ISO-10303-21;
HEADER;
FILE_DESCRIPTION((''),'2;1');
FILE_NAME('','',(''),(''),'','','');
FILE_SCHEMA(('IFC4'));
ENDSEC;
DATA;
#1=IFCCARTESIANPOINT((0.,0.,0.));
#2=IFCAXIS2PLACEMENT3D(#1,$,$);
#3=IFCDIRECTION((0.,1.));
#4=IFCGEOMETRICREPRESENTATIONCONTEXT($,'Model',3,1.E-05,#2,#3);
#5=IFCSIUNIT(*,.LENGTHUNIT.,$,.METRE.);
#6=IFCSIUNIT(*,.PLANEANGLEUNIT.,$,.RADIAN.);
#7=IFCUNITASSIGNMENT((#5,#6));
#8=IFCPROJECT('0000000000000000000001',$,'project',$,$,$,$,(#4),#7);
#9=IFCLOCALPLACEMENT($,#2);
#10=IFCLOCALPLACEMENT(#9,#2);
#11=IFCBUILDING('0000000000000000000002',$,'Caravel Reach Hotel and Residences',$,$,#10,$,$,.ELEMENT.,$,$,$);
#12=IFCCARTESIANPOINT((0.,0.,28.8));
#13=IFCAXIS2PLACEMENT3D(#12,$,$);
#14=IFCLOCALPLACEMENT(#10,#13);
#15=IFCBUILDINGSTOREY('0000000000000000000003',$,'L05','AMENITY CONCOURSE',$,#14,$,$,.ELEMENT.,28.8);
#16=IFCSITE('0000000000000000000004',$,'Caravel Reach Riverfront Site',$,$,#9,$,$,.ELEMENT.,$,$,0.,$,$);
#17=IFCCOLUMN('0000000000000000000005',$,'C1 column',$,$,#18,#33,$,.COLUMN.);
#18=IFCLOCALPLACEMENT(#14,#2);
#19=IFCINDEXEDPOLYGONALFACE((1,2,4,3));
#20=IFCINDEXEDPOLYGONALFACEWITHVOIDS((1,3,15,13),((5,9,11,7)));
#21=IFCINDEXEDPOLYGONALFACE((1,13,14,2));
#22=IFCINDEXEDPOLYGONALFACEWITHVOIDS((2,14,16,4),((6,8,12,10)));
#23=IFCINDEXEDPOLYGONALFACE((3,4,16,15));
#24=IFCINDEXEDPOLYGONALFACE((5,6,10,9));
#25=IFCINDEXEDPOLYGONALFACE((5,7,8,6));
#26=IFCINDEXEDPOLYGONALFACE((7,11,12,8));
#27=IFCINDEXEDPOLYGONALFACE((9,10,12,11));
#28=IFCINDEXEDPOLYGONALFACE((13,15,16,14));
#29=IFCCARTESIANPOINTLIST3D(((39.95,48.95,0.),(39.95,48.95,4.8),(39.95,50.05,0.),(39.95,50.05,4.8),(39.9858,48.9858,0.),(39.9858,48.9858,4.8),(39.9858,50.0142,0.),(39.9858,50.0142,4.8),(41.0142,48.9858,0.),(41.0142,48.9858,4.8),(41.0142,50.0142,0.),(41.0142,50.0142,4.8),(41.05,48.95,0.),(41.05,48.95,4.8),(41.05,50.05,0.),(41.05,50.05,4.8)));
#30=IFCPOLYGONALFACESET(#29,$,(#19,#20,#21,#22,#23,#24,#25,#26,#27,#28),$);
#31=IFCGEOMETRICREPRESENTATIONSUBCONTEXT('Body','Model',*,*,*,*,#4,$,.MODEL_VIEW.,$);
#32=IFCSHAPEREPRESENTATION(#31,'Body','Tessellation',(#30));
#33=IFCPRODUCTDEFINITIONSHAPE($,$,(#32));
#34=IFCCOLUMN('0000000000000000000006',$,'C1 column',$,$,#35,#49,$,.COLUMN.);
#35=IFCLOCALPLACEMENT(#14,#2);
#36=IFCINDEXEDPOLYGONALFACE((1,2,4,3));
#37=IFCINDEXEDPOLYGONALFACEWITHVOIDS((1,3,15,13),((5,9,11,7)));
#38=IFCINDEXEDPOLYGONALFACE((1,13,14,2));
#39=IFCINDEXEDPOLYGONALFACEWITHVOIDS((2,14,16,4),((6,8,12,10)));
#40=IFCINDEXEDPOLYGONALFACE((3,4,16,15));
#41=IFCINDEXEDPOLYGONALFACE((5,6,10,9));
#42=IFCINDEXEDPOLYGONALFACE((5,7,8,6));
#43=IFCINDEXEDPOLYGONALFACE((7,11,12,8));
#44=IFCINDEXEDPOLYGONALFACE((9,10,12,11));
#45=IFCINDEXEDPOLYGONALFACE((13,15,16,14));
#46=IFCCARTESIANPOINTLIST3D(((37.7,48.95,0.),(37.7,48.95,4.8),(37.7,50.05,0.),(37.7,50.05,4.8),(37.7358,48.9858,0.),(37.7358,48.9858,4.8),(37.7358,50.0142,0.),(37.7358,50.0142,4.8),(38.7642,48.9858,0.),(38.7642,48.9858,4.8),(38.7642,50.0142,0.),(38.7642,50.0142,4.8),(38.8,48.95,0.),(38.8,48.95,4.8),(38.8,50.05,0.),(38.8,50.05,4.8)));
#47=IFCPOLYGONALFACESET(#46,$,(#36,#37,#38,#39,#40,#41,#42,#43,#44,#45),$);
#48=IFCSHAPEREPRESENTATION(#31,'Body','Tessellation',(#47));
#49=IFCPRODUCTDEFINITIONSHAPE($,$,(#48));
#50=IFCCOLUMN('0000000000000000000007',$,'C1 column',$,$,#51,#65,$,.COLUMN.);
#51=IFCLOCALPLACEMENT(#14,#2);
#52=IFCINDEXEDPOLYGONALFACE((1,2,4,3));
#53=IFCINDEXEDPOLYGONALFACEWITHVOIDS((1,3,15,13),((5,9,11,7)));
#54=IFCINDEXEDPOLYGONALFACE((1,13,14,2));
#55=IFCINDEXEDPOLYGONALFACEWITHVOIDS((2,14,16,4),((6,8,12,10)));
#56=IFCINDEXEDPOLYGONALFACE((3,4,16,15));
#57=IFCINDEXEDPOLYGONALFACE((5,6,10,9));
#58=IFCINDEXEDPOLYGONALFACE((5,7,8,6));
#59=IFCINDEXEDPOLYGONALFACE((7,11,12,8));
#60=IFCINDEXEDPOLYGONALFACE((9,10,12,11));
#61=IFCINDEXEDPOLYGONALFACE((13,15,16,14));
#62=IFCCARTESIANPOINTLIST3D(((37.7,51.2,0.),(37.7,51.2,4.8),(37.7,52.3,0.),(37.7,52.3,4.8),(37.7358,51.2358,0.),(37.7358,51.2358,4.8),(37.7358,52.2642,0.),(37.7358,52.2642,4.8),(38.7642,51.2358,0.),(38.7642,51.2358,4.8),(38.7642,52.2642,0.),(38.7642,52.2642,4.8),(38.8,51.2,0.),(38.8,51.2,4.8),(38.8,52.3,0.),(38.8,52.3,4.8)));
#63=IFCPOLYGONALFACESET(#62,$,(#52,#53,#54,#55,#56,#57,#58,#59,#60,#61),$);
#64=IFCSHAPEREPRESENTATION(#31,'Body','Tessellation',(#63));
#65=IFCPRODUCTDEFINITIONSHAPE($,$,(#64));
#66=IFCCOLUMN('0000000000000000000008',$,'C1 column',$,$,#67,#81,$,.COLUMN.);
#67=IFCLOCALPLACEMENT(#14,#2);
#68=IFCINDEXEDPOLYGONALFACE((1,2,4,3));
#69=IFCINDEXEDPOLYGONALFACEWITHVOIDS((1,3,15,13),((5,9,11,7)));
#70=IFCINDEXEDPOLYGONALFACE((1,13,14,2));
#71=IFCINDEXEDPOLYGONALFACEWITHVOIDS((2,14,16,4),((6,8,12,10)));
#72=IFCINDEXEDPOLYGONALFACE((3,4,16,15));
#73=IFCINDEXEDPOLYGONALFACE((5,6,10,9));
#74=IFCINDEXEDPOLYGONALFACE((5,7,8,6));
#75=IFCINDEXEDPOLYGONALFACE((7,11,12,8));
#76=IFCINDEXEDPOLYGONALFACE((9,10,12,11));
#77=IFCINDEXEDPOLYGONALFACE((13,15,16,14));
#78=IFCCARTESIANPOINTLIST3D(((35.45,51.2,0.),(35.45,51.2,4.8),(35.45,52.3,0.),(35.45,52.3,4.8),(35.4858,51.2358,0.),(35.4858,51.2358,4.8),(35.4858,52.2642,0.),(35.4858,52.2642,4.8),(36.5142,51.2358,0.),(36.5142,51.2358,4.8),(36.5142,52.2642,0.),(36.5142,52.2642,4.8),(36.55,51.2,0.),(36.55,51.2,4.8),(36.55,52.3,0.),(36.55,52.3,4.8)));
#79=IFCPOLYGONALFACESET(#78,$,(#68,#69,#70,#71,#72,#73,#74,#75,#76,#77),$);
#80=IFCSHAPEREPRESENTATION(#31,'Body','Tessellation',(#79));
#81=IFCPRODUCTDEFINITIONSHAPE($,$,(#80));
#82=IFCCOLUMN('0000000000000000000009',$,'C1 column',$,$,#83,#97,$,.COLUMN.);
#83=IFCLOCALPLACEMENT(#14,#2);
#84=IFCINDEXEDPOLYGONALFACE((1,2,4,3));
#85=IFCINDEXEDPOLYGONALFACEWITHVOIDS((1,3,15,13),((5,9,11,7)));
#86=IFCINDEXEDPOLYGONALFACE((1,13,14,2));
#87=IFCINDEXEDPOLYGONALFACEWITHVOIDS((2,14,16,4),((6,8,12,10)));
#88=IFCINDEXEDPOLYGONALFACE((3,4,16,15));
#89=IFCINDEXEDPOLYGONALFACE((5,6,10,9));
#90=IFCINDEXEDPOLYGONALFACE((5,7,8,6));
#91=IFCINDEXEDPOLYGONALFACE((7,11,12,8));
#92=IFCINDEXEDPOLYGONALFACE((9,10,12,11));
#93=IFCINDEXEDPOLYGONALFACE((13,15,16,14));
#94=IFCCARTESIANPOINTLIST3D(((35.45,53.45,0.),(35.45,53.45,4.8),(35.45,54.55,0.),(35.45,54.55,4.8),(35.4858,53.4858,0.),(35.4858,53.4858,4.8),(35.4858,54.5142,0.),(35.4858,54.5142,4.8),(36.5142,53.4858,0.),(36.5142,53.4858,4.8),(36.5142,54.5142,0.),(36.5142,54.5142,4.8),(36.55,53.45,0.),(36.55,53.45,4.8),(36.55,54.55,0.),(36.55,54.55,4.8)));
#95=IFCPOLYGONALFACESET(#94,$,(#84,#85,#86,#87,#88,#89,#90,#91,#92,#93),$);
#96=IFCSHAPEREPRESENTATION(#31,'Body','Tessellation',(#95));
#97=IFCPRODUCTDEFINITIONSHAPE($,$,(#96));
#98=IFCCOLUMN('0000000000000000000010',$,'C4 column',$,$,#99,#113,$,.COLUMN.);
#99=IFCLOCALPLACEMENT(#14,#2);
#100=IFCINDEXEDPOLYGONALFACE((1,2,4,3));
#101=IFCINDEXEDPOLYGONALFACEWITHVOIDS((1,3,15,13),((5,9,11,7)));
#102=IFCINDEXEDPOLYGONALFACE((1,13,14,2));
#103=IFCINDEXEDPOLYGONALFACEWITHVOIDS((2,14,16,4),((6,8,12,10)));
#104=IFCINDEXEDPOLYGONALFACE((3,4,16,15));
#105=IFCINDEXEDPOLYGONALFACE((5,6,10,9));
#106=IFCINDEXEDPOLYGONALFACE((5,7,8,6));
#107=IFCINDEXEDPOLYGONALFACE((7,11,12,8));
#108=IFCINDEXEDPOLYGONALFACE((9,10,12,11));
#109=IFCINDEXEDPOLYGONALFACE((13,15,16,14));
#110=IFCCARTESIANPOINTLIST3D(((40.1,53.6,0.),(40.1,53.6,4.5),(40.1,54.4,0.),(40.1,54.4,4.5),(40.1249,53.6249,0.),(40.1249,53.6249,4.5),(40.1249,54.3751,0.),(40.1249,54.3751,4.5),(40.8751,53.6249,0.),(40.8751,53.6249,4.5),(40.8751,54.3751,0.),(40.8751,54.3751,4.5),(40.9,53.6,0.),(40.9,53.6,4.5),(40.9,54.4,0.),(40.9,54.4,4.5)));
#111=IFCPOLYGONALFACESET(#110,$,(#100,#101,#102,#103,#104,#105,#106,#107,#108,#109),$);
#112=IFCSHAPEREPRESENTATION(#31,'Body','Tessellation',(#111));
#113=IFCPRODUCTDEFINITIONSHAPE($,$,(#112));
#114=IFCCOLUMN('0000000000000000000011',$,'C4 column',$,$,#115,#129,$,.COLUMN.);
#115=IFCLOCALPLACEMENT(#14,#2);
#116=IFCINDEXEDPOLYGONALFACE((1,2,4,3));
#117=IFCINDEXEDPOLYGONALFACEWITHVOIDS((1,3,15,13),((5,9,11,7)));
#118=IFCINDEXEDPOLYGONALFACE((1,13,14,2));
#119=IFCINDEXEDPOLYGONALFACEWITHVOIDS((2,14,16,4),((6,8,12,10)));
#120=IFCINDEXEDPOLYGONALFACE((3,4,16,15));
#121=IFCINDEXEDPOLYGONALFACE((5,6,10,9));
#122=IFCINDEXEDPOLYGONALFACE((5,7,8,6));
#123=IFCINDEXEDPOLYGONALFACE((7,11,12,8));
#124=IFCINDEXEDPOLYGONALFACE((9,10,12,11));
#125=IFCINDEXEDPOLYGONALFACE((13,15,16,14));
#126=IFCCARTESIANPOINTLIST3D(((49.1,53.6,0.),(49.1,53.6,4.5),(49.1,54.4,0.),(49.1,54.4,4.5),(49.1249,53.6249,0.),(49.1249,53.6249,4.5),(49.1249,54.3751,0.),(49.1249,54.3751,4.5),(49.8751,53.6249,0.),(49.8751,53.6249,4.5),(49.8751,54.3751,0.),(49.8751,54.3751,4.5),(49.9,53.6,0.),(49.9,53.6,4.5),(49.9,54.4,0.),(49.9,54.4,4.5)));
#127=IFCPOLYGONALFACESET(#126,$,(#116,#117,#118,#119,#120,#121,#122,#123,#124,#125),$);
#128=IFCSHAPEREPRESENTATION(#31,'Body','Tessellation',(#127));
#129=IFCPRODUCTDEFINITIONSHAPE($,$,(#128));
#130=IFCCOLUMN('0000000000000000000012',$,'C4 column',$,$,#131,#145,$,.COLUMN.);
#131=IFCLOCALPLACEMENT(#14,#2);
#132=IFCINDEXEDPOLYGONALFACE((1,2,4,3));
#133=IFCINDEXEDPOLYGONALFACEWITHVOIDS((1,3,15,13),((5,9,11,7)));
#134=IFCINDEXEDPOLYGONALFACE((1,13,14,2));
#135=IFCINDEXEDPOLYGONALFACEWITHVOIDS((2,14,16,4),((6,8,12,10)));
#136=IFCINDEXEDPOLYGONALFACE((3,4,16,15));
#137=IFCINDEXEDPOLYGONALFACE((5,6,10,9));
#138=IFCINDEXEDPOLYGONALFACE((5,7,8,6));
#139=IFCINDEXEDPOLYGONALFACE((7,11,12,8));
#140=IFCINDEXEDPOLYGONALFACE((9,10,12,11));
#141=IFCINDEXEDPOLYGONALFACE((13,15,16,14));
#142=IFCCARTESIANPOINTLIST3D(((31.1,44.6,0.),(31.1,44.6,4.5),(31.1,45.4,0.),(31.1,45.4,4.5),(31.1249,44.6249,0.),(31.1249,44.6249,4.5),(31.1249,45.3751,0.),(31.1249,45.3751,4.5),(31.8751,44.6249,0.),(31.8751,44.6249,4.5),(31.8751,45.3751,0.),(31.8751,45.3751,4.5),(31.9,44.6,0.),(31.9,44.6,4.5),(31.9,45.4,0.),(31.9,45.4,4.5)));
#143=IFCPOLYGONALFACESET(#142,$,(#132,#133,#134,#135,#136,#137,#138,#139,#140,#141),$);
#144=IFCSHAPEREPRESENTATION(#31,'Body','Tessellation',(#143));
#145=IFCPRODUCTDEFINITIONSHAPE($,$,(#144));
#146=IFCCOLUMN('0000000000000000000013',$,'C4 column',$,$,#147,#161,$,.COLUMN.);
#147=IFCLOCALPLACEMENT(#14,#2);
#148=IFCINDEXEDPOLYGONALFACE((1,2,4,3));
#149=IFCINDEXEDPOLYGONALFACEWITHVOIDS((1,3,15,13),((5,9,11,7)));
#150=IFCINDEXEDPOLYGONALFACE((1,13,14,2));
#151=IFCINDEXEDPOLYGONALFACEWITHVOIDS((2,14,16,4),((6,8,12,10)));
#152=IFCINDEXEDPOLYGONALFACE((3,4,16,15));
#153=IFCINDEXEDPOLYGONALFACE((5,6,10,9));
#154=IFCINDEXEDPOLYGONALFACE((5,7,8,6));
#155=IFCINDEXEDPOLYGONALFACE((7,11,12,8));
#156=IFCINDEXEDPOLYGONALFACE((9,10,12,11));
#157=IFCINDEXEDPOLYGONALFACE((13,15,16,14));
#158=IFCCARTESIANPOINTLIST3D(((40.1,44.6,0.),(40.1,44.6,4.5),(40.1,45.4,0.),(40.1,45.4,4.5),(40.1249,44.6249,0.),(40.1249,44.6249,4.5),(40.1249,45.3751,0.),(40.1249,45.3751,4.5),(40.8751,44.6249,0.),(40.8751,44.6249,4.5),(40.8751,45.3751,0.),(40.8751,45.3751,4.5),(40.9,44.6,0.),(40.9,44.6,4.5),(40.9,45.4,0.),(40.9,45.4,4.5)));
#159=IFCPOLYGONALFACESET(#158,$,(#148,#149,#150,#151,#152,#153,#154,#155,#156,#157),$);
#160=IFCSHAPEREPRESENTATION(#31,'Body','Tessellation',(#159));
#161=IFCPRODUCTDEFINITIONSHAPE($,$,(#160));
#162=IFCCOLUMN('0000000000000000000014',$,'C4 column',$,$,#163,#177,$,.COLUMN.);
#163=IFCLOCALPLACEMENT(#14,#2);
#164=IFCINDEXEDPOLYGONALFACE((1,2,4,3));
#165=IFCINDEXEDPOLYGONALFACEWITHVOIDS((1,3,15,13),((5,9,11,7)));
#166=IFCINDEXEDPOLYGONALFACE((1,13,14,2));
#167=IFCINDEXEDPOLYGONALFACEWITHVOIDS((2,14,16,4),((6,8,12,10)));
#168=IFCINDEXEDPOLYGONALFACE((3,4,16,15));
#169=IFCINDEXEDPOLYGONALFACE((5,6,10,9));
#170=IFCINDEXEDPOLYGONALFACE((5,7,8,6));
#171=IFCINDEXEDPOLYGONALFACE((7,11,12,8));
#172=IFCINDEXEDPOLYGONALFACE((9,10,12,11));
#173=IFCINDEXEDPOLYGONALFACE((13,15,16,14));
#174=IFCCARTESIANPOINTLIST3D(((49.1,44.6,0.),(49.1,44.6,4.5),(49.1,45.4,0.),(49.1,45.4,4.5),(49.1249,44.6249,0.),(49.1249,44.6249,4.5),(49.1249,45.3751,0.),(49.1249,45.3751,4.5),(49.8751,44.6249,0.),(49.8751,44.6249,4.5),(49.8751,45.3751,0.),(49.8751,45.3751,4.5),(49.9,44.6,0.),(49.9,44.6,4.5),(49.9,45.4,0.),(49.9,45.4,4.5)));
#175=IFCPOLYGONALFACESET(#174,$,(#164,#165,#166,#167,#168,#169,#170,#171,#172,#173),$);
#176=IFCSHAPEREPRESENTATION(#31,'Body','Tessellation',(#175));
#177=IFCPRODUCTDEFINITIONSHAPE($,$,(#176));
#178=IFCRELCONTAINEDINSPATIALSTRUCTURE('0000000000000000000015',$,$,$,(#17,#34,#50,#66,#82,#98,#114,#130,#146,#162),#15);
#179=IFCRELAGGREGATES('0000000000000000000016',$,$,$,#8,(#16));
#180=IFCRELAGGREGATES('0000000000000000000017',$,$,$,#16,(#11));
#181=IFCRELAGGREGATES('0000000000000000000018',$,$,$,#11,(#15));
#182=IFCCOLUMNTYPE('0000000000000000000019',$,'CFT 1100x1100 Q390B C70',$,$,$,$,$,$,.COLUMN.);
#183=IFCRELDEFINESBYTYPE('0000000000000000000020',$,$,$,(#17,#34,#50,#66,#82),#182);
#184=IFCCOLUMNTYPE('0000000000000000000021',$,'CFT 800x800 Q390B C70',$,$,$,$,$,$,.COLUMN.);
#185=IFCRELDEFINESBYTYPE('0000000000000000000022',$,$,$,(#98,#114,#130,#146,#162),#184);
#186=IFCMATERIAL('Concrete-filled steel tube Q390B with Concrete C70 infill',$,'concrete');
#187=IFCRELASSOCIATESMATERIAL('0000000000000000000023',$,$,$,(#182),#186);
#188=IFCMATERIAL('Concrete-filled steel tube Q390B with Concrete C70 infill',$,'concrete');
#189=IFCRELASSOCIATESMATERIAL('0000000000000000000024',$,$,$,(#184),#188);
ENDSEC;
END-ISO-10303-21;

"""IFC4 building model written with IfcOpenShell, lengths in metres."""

from ifc_helpers import new_model, si_unit, direction, frame, origin, origin_2d, place, context, subcontext, project, spatial, hollow_rectangle, extrude, material, material_profile, profile_set, type_object, element, save


model = new_model("IFC4")

# Units and contexts
model_context = context("Model", 3, precision=1e-05, world=origin(), true_north=direction((0.0, 1.0)))
body_context = subcontext(model_context, "Body", "Model", "MODEL_VIEW")
ifc_project = project(units=[si_unit("LENGTHUNIT", "METRE"), si_unit("PLANEANGLEUNIT", "RADIAN")], contexts=[model_context])

# Site, building, storey
site_placement = place(None, origin())
site = spatial("IfcSite", under=ifc_project, at=site_placement, Name="Caravel Reach Riverfront Site", CompositionType="ELEMENT", RefElevation=0.0)
building_placement = place(site_placement, origin())
building = spatial("IfcBuilding", under=site, at=building_placement, Name="Caravel Reach Hotel and Residences", CompositionType="ELEMENT")
storey_placement = place(building_placement, frame((0.0, 0.0, 28.8)))
storey = spatial("IfcBuildingStorey", under=building, at=storey_placement, Name="L05", Description="AMENITY CONCOURSE", CompositionType="ELEMENT", Elevation=28.8)

# Columns
ifc_material_1 = material(Name="Concrete-filled steel tube Q390B with Concrete C70 infill", Category="concrete")
ifc_material_profile_1 = material_profile(ifc_material_1, hollow_rectangle(XDim=1.1001, YDim=1.1001, WallThickness=0.0359, at=origin_2d()), Name="RHS 1100x1100x36")
ifc_profile_set_1 = profile_set([ifc_material_profile_1], Name="Concrete-filled steel tube Q390B with Concrete C70 infill")
column_type_1 = type_object("IfcColumnType", Name="CFT 1100x1100 Q390B C70", PredefinedType="COLUMN", material=ifc_profile_set_1)
for number, where, z_axis, x_axis, name in (
    (1, (40.5, 49.5, 0.0), (0.0, 0.0, 1.0), (1.0, 0.0, 0.0), "C1 column"),
    (2, (38.25, 49.5, 0.0), (0.0, 0.0, 1.0), (1.0, 0.0, 0.0), "C1 column"),
    (3, (38.25, 51.75, 0.0), (0.0, 0.0, 1.0), (1.0, 0.0, 0.0), "C1 column"),
    (4, (36.0, 51.75, 0.0), (0.0, 0.0, 1.0), (1.0, 0.0, 0.0), "C1 column"),
    (5, (36.0, 54.0, 0.0), (0.0, 0.0, 1.0), (1.0, 0.0, 0.0), "C1 column"),
):
    element("IfcColumn", number, at=place(storey_placement, frame(where, z_axis=z_axis, x_axis=x_axis)), inside=storey, type_object=column_type_1, Name=name, PredefinedType="COLUMN", context=body_context, shape_type="SweptSolid", body=[
        extrude(hollow_rectangle(XDim=1.1001, YDim=1.1001, WallThickness=0.0359, at=origin_2d()), origin(), (0.0, 0.0, 1.0), 4.8),
    ])
ifc_material_2 = material(Name="Concrete-filled steel tube Q390B with Concrete C70 infill", Category="concrete")
ifc_material_profile_2 = material_profile(ifc_material_2, hollow_rectangle(XDim=0.8, YDim=0.8, WallThickness=0.0249, at=origin_2d()), Name="RHS 800x800x25")
ifc_profile_set_2 = profile_set([ifc_material_profile_2], Name="Concrete-filled steel tube Q390B with Concrete C70 infill")
column_type_2 = type_object("IfcColumnType", Name="CFT 800x800 Q390B C70", PredefinedType="COLUMN", material=ifc_profile_set_2)
for number, where, z_axis, x_axis, name in (
    (6, (40.5, 54.0, 0.0), (0.0, 0.0, 1.0), (1.0, 0.0, 0.0), "C4 column"),
    (7, (49.5, 54.0, 0.0), (0.0, 0.0, 1.0), (1.0, 0.0, 0.0), "C4 column"),
    (8, (31.5, 45.0, 0.0), (0.0, 0.0, 1.0), (1.0, 0.0, 0.0), "C4 column"),
    (9, (40.5, 45.0, 0.0), (0.0, 0.0, 1.0), (1.0, 0.0, 0.0), "C4 column"),
    (10, (49.5, 45.0, 0.0), (0.0, 0.0, 1.0), (1.0, 0.0, 0.0), "C4 column"),
):
    element("IfcColumn", number, at=place(storey_placement, frame(where, z_axis=z_axis, x_axis=x_axis)), inside=storey, type_object=column_type_2, Name=name, PredefinedType="COLUMN", context=body_context, shape_type="SweptSolid", body=[
        extrude(hollow_rectangle(XDim=0.8, YDim=0.8, WallThickness=0.0249, at=origin_2d()), origin(), (0.0, 0.0, 1.0), 4.5),
    ])

save(model, "model.ifc")
